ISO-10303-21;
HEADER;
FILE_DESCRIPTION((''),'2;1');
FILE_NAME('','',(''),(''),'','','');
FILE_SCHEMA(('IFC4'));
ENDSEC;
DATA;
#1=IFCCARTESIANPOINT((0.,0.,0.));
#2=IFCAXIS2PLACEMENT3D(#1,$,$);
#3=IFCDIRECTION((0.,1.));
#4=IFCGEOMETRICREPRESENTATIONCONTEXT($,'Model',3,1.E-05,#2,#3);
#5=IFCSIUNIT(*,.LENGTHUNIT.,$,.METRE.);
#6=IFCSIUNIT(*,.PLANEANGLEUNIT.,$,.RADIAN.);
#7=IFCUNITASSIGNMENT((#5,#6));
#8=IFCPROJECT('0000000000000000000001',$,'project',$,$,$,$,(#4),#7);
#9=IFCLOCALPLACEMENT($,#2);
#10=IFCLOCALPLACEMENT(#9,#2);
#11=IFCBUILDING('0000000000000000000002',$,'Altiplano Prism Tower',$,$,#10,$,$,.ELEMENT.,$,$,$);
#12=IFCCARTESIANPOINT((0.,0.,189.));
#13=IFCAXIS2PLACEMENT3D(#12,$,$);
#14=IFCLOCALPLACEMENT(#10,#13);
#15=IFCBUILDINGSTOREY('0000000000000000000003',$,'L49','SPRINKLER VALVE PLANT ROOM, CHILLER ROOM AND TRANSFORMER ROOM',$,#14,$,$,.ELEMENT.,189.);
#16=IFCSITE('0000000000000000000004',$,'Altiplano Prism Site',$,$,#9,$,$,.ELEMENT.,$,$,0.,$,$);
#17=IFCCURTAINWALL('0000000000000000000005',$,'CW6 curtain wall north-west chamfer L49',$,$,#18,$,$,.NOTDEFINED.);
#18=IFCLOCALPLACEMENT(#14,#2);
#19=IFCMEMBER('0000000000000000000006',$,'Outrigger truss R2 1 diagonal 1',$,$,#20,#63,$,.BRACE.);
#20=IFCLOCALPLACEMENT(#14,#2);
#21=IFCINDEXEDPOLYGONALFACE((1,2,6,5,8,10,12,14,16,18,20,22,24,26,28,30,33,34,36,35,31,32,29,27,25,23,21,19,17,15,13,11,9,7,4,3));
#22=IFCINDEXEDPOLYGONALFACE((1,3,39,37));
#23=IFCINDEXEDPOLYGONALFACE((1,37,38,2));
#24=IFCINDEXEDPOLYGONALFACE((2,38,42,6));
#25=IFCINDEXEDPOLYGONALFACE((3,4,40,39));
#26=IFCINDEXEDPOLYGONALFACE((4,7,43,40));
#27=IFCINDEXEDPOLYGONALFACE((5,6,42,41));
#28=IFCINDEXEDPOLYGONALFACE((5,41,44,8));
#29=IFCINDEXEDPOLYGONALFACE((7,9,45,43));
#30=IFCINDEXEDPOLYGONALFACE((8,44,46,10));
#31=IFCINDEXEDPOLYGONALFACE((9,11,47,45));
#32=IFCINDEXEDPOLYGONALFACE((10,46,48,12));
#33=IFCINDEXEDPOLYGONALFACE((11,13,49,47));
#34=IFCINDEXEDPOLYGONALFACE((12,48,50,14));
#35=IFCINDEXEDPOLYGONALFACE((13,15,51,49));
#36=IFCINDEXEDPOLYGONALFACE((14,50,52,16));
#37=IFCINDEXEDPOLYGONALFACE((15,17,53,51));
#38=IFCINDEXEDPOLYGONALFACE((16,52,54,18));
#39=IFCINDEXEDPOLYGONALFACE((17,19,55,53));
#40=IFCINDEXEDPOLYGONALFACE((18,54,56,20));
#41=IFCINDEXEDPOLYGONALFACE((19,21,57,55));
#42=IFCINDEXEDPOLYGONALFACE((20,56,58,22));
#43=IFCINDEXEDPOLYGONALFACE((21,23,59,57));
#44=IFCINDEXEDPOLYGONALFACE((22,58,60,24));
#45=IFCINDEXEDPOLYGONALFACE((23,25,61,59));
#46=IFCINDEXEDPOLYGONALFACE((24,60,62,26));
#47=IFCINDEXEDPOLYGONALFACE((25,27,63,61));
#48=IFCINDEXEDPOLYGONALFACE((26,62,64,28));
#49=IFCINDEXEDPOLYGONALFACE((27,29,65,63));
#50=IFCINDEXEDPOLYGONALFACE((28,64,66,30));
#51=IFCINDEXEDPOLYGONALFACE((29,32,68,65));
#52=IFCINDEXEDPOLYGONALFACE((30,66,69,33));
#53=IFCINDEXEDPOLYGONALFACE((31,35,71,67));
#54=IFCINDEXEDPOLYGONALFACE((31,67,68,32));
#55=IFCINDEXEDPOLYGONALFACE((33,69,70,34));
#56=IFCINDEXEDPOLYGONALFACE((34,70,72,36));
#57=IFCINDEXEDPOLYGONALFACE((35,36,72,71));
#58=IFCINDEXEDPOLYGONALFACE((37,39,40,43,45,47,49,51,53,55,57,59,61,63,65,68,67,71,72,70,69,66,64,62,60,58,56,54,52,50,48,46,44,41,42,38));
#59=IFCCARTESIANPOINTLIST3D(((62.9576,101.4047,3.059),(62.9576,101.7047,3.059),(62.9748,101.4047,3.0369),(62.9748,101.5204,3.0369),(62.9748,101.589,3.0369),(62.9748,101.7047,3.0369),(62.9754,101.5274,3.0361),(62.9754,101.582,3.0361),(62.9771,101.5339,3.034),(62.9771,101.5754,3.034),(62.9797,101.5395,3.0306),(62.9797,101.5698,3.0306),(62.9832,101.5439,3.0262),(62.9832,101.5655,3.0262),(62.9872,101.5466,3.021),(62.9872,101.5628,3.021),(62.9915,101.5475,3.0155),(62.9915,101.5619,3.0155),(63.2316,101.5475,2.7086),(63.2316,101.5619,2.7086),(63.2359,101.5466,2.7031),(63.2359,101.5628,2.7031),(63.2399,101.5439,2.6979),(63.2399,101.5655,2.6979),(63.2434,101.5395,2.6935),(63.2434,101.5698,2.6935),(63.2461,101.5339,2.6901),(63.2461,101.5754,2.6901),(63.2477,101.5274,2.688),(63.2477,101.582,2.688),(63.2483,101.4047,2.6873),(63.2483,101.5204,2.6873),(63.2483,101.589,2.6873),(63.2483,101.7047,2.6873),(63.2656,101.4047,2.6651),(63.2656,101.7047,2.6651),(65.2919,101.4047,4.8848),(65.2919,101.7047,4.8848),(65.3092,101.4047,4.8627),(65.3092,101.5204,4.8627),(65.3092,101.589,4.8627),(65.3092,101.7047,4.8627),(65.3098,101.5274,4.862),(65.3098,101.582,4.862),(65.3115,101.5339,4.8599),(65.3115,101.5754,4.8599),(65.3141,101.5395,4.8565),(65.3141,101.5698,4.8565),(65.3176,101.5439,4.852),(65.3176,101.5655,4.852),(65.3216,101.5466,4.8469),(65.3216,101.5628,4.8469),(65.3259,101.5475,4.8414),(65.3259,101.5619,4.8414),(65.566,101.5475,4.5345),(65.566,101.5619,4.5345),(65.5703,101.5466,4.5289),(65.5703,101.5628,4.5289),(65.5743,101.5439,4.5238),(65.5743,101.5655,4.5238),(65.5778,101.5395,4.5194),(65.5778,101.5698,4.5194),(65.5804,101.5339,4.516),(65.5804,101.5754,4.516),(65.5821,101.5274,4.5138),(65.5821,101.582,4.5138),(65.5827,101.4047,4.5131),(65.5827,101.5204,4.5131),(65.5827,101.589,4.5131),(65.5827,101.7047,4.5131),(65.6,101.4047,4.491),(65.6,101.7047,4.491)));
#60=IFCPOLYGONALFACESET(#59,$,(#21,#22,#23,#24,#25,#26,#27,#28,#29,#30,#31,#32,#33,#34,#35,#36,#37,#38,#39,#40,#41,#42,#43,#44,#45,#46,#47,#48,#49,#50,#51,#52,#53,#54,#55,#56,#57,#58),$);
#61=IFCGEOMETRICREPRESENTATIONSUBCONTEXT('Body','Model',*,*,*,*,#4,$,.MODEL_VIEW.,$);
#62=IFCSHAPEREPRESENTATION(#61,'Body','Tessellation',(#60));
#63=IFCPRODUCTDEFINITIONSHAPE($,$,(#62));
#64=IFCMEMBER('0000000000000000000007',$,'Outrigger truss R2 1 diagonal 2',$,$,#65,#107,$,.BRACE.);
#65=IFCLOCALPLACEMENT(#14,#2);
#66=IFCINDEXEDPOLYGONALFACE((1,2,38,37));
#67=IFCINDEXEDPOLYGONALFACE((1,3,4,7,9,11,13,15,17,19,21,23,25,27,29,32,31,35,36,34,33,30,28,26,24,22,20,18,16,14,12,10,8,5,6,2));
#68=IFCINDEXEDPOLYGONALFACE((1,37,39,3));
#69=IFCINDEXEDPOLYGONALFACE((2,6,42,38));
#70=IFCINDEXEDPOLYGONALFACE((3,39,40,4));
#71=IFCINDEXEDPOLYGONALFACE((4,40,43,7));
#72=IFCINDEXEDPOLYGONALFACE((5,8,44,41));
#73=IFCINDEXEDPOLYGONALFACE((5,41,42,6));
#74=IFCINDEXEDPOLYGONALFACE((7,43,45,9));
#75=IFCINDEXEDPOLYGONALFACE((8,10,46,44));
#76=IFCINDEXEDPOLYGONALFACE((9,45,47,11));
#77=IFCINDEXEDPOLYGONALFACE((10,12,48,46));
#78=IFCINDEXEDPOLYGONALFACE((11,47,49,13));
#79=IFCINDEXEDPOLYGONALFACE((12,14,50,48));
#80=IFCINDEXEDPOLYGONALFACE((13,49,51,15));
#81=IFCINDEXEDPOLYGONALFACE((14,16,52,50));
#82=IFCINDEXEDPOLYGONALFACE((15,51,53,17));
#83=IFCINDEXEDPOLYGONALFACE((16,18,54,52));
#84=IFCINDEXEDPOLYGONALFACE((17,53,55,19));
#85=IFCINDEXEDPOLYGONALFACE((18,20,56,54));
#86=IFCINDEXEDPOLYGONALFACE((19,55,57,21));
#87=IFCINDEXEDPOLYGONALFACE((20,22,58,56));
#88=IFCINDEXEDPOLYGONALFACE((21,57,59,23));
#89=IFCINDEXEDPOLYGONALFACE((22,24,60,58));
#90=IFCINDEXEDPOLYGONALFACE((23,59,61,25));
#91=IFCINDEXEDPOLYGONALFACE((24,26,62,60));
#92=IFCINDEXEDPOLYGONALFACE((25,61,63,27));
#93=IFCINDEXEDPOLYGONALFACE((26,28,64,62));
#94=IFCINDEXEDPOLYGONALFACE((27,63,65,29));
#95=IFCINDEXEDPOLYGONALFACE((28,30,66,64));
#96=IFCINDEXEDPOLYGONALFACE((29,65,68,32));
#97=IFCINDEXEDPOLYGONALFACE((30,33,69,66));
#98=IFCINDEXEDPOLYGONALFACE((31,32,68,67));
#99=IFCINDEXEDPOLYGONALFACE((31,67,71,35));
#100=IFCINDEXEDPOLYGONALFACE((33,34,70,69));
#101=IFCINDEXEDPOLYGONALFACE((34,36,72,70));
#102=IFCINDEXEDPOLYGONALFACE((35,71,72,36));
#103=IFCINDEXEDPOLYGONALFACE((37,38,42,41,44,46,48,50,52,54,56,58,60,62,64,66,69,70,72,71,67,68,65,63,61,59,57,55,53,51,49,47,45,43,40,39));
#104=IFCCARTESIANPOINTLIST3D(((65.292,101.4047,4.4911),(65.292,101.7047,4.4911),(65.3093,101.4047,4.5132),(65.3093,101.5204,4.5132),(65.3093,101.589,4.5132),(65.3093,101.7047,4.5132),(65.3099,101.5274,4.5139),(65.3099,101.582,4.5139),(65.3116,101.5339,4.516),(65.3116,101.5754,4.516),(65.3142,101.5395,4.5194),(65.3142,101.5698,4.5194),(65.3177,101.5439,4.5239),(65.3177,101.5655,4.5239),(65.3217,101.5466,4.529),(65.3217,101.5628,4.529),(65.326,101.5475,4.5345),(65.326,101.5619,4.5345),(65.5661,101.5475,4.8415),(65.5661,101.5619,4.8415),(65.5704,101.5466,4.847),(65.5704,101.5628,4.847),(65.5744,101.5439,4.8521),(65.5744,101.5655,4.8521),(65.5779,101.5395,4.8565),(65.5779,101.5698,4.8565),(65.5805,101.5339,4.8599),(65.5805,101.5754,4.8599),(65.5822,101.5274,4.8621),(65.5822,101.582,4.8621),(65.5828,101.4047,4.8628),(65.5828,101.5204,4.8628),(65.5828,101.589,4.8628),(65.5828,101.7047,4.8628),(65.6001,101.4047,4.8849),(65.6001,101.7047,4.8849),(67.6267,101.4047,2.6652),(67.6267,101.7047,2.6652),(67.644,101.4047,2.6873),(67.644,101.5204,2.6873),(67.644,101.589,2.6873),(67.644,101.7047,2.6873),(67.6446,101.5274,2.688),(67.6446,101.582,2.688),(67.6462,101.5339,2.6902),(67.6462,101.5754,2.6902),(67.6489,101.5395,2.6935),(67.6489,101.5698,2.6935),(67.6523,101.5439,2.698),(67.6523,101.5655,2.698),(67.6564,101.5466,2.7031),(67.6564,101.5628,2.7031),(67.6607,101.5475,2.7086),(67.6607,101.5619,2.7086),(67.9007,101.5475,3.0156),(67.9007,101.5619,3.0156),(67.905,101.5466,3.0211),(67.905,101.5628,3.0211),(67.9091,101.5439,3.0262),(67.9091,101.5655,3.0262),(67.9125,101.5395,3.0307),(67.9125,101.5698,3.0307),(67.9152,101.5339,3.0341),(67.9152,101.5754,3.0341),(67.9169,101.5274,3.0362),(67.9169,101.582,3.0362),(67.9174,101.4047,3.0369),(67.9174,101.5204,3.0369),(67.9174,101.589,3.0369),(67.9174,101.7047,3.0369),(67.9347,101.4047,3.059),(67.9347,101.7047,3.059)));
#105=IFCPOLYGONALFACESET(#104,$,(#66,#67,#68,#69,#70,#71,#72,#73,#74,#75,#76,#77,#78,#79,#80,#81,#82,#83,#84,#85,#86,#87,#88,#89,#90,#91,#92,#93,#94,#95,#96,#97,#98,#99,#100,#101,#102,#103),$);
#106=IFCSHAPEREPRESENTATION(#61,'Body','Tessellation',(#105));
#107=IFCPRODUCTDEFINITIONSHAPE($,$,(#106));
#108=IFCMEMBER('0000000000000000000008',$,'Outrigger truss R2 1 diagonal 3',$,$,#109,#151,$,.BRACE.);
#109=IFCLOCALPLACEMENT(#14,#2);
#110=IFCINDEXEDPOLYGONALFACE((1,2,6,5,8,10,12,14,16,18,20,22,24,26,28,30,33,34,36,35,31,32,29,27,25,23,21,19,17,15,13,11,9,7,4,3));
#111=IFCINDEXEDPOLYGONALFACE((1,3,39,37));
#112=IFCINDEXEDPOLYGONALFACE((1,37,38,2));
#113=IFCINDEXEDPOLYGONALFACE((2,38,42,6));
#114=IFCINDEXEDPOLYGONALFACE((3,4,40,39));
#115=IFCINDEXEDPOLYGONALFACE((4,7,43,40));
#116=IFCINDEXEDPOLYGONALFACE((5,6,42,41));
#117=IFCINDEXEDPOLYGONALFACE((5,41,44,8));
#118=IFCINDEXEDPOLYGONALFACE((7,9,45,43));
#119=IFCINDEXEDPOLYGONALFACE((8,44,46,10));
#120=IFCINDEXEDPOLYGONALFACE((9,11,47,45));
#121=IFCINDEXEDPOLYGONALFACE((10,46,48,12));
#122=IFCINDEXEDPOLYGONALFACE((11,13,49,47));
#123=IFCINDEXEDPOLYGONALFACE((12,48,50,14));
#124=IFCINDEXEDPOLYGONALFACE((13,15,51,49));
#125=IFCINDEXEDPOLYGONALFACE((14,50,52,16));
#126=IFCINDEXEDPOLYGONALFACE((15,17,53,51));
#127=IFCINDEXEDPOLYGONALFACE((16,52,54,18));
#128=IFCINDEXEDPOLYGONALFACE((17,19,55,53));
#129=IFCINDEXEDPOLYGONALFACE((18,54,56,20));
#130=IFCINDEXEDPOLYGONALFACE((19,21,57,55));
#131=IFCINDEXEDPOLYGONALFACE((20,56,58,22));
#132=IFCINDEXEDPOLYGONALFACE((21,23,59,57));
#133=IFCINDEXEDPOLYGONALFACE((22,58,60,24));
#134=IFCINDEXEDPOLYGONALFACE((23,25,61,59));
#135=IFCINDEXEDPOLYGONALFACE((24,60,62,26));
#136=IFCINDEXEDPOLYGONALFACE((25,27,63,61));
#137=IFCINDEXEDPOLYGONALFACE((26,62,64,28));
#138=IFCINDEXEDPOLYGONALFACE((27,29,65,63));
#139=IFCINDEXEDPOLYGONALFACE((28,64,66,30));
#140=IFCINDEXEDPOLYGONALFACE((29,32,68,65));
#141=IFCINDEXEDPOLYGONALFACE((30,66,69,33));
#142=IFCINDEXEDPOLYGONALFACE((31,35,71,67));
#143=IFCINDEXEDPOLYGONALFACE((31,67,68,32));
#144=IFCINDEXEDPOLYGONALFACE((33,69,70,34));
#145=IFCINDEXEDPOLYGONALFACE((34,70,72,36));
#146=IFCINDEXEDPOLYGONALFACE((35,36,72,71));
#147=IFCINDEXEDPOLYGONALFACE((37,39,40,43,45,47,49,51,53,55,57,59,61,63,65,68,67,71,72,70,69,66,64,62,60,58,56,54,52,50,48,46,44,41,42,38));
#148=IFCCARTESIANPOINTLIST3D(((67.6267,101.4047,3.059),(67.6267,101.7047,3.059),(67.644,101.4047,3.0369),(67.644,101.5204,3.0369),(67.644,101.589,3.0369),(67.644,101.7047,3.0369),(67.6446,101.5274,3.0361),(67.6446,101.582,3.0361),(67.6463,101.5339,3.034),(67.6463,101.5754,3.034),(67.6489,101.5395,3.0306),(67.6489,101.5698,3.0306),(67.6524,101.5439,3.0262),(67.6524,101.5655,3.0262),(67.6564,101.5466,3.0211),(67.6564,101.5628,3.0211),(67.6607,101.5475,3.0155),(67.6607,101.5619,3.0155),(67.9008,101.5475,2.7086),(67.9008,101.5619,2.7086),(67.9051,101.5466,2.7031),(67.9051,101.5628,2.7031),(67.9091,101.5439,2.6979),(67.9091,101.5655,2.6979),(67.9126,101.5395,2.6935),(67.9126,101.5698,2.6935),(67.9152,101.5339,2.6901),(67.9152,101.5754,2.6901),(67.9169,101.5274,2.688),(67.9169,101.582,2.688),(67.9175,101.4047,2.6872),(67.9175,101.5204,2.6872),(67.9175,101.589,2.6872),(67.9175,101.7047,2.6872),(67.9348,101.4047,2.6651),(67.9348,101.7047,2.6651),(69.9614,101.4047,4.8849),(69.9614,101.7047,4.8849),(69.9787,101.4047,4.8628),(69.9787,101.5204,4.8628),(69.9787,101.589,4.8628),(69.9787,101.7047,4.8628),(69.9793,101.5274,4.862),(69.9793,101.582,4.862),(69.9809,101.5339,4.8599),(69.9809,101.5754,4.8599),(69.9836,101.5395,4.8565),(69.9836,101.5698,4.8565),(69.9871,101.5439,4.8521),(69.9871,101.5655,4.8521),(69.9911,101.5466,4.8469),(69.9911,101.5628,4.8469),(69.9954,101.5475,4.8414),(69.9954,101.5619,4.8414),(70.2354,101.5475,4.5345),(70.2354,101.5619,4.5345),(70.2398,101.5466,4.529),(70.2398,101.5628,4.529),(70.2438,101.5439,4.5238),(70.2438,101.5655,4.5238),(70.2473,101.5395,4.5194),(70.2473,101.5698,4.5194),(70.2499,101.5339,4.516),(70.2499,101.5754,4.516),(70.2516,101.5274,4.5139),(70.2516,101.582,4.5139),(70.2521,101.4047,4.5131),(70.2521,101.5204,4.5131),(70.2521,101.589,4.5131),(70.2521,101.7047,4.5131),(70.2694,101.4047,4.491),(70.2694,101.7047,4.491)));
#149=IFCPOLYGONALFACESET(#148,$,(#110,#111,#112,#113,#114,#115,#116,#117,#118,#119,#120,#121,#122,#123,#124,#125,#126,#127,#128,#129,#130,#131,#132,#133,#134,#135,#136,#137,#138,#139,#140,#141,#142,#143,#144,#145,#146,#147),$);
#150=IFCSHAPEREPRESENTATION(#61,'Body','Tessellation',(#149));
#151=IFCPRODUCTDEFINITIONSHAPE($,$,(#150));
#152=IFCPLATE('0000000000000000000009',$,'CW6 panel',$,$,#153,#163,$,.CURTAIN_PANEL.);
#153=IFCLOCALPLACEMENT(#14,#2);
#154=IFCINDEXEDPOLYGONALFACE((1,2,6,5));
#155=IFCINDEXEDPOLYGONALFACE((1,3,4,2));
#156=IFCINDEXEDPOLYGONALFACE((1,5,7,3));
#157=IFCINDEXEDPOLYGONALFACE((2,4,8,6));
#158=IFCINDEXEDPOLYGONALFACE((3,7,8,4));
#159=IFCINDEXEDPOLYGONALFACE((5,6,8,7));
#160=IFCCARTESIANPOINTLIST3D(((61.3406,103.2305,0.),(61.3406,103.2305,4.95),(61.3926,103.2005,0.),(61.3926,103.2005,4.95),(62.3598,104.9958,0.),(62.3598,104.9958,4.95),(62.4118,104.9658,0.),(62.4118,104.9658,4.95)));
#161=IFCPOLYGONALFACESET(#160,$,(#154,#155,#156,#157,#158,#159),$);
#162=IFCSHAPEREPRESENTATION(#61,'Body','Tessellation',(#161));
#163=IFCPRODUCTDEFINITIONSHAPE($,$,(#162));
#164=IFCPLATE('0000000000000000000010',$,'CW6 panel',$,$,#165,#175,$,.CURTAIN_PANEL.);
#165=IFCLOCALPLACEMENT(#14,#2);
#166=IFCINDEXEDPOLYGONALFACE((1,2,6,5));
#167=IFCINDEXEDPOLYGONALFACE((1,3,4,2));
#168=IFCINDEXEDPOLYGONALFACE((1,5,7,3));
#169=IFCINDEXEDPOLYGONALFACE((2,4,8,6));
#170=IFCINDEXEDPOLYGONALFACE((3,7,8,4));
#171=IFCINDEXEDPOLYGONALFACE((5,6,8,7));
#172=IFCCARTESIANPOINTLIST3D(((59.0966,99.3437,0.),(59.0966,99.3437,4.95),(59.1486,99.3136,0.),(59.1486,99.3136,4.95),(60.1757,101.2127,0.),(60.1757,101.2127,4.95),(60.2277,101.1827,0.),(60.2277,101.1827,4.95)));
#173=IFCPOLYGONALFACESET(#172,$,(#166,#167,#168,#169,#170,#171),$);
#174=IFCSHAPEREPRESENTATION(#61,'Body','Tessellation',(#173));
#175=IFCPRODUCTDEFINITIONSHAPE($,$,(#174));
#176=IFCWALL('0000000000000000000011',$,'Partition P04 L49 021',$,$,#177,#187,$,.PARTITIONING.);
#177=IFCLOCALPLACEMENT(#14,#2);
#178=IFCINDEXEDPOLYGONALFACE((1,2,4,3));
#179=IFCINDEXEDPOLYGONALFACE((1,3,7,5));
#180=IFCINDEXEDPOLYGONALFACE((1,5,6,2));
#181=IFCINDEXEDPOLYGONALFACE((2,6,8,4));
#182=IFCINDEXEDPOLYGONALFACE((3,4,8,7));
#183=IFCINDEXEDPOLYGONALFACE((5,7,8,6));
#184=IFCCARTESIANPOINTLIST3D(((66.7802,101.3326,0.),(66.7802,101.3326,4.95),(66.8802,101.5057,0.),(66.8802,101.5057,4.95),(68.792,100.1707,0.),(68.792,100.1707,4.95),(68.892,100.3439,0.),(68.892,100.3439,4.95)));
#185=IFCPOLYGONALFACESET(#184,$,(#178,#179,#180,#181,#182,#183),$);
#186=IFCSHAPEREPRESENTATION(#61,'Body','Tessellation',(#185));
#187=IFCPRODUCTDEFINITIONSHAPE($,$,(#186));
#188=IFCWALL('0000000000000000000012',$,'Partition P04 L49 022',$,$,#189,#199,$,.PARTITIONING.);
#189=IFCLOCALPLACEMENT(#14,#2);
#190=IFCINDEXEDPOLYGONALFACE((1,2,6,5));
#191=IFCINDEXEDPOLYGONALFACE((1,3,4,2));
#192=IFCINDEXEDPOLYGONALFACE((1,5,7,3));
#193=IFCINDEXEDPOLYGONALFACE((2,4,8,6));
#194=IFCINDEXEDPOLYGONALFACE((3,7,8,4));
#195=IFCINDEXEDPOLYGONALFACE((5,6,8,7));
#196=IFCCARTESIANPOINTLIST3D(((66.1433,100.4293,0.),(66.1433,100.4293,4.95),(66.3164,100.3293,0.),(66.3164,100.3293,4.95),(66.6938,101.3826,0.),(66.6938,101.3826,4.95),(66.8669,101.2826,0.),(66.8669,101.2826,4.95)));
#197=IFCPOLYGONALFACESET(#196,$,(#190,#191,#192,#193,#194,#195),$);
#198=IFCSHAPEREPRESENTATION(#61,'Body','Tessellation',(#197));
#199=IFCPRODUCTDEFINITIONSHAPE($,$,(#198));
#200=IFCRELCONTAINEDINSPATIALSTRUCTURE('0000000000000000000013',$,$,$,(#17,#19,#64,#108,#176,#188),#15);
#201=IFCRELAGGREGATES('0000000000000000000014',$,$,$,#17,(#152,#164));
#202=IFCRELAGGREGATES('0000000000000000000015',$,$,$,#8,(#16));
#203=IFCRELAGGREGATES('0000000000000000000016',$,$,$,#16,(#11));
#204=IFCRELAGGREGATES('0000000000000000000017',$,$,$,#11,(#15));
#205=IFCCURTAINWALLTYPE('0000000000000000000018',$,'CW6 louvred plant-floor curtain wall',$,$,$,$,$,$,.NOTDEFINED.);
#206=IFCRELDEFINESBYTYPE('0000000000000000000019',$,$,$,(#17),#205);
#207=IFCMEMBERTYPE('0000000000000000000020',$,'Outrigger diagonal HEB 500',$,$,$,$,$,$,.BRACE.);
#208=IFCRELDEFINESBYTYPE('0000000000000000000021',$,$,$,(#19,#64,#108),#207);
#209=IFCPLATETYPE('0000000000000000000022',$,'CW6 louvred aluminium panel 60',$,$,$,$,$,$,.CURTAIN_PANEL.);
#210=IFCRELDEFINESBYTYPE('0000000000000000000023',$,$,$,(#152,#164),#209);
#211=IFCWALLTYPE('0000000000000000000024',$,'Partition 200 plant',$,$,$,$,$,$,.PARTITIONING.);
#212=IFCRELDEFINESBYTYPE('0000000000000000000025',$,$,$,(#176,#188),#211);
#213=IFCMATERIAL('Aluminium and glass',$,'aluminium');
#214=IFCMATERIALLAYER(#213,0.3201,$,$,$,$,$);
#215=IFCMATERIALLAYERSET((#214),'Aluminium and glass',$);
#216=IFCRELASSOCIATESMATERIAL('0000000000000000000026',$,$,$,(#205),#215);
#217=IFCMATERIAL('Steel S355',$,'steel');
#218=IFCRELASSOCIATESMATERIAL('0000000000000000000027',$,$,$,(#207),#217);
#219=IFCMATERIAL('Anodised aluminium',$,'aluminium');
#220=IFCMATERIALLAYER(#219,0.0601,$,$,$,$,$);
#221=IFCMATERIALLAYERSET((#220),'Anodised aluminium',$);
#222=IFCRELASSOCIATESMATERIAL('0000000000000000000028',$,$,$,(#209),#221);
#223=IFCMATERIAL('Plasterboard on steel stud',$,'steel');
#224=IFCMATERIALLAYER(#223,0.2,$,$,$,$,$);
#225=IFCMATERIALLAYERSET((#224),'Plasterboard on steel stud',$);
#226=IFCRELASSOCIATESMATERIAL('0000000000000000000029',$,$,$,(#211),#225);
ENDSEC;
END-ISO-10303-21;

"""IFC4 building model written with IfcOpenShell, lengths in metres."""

from ifc_helpers import new_model, si_unit, direction, frame, frame_2d, origin, origin_2d, place, context, subcontext, project, spatial, rectangle, i_section, extrude, material, layer, layer_set, material_profile, profile_set, type_object, element, aggregate, save


model = new_model("IFC4")

# Units and contexts
model_context = context("Model", 3, precision=1e-05, world=origin(), true_north=direction((0.0, 1.0)))
body_context = subcontext(model_context, "Body", "Model", "MODEL_VIEW")
ifc_project = project(units=[si_unit("LENGTHUNIT", "METRE"), si_unit("PLANEANGLEUNIT", "RADIAN")], contexts=[model_context])

# Site, building, storey
site_placement = place(None, origin())
site = spatial("IfcSite", under=ifc_project, at=site_placement, Name="Altiplano Prism Site", CompositionType="ELEMENT", RefElevation=0.0)
building_placement = place(site_placement, origin())
building = spatial("IfcBuilding", under=site, at=building_placement, Name="Altiplano Prism Tower", CompositionType="ELEMENT")
storey_placement = place(building_placement, frame((0.0, 0.0, 189.0)))
storey = spatial("IfcBuildingStorey", under=building, at=storey_placement, Name="L49", Description="SPRINKLER VALVE PLANT ROOM, CHILLER ROOM AND TRANSFORMER ROOM", CompositionType="ELEMENT", Elevation=189.0)

# Curtain wall
ifc_material_1 = material(Name="Aluminium and glass", Category="aluminium")
ifc_layer_1 = layer(ifc_material_1, 0.3201)
ifc_layer_set_1 = layer_set([ifc_layer_1], Name="Aluminium and glass")
curtain_wall_type = type_object("IfcCurtainWallType", Name="CW6 louvred plant-floor curtain wall", PredefinedType="NOTDEFINED", material=ifc_layer_set_1)
curtain_wall_placement = place(storey_placement, origin())
curtain_wall = element("IfcCurtainWall", 1, at=curtain_wall_placement, inside=storey, type_object=curtain_wall_type, Name="CW6 curtain wall north-west chamfer L49", PredefinedType="NOTDEFINED")

# Members
ifc_material_2 = material(Name="Steel S355", Category="steel")
ifc_material_profile_1 = material_profile(ifc_material_2, i_section(OverallWidth=0.3, OverallDepth=0.5, WebThickness=0.0144, FlangeThickness=0.0281, FilletRadius=0.0271, at=origin_2d()), Name="Outrigger diagonal HEB 500")
ifc_profile_set_1 = profile_set([ifc_material_profile_1], Name="Steel S355")
member_type_1 = type_object("IfcMemberType", Name="Outrigger diagonal HEB 500", PredefinedType="BRACE", material=ifc_profile_set_1)
member_1_placement = place(storey_placement, frame((63.1116, 101.5547, 2.8621), z_axis=(0.787677, 0.0, 0.616088), x_axis=(0.0, 1.0, 0.0)))
element("IfcMember", 2, at=member_1_placement, inside=storey, type_object=member_type_1, Name="Outrigger truss R2 1 diagonal 1", PredefinedType="BRACE", context=body_context, shape_type="SweptSolid", body=[
    extrude(i_section(OverallWidth=0.3, OverallDepth=0.5, WebThickness=0.0144, FlangeThickness=0.0281, FilletRadius=0.0271, at=origin_2d()), origin(), (0.0, 0.0, 1.0), 2.9636),
])
for number, where, z_axis, x_axis, name in (
    (3, (65.446, 101.5547, 4.688), (0.787708, 0.0, -0.616048), (0.0, 1.0, 0.0), "Outrigger truss R2 1 diagonal 2"),
    (4, (67.7808, 101.5547, 2.8621), (0.787708, 0.0, 0.616048), (0.0, 1.0, 0.0), "Outrigger truss R2 1 diagonal 3"),
):
    element("IfcMember", number, at=place(storey_placement, frame(where, z_axis=z_axis, x_axis=x_axis)), inside=storey, type_object=member_type_1, Name=name, PredefinedType="BRACE", context=body_context, shape_type="SweptSolid", body=[
        extrude(i_section(OverallWidth=0.3, OverallDepth=0.5, WebThickness=0.0144, FlangeThickness=0.0281, FilletRadius=0.0271, at=origin_2d()), origin(), (0.0, 0.0, 1.0), 2.9639),
    ])

# Plates
ifc_material_3 = material(Name="Anodised aluminium", Category="aluminium")
ifc_layer_2 = layer(ifc_material_3, 0.0601)
ifc_layer_set_2 = layer_set([ifc_layer_2], Name="Anodised aluminium")
plate_type = type_object("IfcPlateType", Name="CW6 louvred aluminium panel 60", PredefinedType="CURTAIN_PANEL", material=ifc_layer_set_2)
plate_1_placement = place(storey_placement, frame((61.8762, 104.0981, 0.0), z_axis=(0.0, 0.0, 1.0), x_axis=(-0.5, -0.866025, 0.0)))
plate_1 = element("IfcPlate", 5, at=plate_1_placement, type_object=plate_type, Name="CW6 panel", PredefinedType="CURTAIN_PANEL", context=body_context, shape_type="SweptSolid", body=[
    extrude(rectangle(XDim=2.0383, YDim=0.0601, at=origin_2d()), origin(), (0.0, 0.0, 1.0), 4.95),
])
plate_2_placement = place(storey_placement, frame((59.6621, 100.2632, 0.0), z_axis=(0.0, 0.0, 1.0), x_axis=(-0.5, -0.866025, 0.0)))
plate_2 = element("IfcPlate", 6, at=plate_2_placement, type_object=plate_type, Name="CW6 panel", PredefinedType="CURTAIN_PANEL", context=body_context, shape_type="SweptSolid", body=[
    extrude(rectangle(XDim=2.1582, YDim=0.0601, at=origin_2d()), origin(), (0.0, 0.0, 1.0), 4.95),
])
aggregate(curtain_wall, [plate_1, plate_2])

# Walls
ifc_material_4 = material(Name="Plasterboard on steel stud", Category="steel")
ifc_layer_3 = layer(ifc_material_4, 0.2)
ifc_layer_set_3 = layer_set([ifc_layer_3], Name="Plasterboard on steel stud")
wall_type_1 = type_object("IfcWallType", Name="Partition 200 plant", PredefinedType="PARTITIONING", material=ifc_layer_set_3)
wall_1_placement = place(storey_placement, frame((68.842, 100.2573, 0.0), z_axis=(0.0, 0.0, 1.0), x_axis=(-0.865977, 0.500083, 0.0)))
element("IfcWall", 7, at=wall_1_placement, inside=storey, type_object=wall_type_1, Name="Partition P04 L49 021", PredefinedType="PARTITIONING", context=body_context, shape_type="SweptSolid", body=[
    extrude(rectangle(XDim=2.3232, YDim=0.2, at=frame_2d((1.1616, 0.0))), origin(), (0.0, 0.0, 1.0), 4.95),
])
wall_2_placement = place(storey_placement, frame((66.7803, 101.3325, 0.0), z_axis=(0.0, 0.0, 1.0), x_axis=(-0.500074, -0.865982, 0.0)))
element("IfcWall", 8, at=wall_2_placement, inside=storey, type_object=wall_type_1, Name="Partition P04 L49 022", PredefinedType="PARTITIONING", context=body_context, shape_type="SweptSolid", body=[
    extrude(rectangle(XDim=1.1008, YDim=0.2, at=frame_2d((0.5503, 0.0))), origin(), (0.0, 0.0, 1.0), 4.95),
])

save(model, "model.ifc")
